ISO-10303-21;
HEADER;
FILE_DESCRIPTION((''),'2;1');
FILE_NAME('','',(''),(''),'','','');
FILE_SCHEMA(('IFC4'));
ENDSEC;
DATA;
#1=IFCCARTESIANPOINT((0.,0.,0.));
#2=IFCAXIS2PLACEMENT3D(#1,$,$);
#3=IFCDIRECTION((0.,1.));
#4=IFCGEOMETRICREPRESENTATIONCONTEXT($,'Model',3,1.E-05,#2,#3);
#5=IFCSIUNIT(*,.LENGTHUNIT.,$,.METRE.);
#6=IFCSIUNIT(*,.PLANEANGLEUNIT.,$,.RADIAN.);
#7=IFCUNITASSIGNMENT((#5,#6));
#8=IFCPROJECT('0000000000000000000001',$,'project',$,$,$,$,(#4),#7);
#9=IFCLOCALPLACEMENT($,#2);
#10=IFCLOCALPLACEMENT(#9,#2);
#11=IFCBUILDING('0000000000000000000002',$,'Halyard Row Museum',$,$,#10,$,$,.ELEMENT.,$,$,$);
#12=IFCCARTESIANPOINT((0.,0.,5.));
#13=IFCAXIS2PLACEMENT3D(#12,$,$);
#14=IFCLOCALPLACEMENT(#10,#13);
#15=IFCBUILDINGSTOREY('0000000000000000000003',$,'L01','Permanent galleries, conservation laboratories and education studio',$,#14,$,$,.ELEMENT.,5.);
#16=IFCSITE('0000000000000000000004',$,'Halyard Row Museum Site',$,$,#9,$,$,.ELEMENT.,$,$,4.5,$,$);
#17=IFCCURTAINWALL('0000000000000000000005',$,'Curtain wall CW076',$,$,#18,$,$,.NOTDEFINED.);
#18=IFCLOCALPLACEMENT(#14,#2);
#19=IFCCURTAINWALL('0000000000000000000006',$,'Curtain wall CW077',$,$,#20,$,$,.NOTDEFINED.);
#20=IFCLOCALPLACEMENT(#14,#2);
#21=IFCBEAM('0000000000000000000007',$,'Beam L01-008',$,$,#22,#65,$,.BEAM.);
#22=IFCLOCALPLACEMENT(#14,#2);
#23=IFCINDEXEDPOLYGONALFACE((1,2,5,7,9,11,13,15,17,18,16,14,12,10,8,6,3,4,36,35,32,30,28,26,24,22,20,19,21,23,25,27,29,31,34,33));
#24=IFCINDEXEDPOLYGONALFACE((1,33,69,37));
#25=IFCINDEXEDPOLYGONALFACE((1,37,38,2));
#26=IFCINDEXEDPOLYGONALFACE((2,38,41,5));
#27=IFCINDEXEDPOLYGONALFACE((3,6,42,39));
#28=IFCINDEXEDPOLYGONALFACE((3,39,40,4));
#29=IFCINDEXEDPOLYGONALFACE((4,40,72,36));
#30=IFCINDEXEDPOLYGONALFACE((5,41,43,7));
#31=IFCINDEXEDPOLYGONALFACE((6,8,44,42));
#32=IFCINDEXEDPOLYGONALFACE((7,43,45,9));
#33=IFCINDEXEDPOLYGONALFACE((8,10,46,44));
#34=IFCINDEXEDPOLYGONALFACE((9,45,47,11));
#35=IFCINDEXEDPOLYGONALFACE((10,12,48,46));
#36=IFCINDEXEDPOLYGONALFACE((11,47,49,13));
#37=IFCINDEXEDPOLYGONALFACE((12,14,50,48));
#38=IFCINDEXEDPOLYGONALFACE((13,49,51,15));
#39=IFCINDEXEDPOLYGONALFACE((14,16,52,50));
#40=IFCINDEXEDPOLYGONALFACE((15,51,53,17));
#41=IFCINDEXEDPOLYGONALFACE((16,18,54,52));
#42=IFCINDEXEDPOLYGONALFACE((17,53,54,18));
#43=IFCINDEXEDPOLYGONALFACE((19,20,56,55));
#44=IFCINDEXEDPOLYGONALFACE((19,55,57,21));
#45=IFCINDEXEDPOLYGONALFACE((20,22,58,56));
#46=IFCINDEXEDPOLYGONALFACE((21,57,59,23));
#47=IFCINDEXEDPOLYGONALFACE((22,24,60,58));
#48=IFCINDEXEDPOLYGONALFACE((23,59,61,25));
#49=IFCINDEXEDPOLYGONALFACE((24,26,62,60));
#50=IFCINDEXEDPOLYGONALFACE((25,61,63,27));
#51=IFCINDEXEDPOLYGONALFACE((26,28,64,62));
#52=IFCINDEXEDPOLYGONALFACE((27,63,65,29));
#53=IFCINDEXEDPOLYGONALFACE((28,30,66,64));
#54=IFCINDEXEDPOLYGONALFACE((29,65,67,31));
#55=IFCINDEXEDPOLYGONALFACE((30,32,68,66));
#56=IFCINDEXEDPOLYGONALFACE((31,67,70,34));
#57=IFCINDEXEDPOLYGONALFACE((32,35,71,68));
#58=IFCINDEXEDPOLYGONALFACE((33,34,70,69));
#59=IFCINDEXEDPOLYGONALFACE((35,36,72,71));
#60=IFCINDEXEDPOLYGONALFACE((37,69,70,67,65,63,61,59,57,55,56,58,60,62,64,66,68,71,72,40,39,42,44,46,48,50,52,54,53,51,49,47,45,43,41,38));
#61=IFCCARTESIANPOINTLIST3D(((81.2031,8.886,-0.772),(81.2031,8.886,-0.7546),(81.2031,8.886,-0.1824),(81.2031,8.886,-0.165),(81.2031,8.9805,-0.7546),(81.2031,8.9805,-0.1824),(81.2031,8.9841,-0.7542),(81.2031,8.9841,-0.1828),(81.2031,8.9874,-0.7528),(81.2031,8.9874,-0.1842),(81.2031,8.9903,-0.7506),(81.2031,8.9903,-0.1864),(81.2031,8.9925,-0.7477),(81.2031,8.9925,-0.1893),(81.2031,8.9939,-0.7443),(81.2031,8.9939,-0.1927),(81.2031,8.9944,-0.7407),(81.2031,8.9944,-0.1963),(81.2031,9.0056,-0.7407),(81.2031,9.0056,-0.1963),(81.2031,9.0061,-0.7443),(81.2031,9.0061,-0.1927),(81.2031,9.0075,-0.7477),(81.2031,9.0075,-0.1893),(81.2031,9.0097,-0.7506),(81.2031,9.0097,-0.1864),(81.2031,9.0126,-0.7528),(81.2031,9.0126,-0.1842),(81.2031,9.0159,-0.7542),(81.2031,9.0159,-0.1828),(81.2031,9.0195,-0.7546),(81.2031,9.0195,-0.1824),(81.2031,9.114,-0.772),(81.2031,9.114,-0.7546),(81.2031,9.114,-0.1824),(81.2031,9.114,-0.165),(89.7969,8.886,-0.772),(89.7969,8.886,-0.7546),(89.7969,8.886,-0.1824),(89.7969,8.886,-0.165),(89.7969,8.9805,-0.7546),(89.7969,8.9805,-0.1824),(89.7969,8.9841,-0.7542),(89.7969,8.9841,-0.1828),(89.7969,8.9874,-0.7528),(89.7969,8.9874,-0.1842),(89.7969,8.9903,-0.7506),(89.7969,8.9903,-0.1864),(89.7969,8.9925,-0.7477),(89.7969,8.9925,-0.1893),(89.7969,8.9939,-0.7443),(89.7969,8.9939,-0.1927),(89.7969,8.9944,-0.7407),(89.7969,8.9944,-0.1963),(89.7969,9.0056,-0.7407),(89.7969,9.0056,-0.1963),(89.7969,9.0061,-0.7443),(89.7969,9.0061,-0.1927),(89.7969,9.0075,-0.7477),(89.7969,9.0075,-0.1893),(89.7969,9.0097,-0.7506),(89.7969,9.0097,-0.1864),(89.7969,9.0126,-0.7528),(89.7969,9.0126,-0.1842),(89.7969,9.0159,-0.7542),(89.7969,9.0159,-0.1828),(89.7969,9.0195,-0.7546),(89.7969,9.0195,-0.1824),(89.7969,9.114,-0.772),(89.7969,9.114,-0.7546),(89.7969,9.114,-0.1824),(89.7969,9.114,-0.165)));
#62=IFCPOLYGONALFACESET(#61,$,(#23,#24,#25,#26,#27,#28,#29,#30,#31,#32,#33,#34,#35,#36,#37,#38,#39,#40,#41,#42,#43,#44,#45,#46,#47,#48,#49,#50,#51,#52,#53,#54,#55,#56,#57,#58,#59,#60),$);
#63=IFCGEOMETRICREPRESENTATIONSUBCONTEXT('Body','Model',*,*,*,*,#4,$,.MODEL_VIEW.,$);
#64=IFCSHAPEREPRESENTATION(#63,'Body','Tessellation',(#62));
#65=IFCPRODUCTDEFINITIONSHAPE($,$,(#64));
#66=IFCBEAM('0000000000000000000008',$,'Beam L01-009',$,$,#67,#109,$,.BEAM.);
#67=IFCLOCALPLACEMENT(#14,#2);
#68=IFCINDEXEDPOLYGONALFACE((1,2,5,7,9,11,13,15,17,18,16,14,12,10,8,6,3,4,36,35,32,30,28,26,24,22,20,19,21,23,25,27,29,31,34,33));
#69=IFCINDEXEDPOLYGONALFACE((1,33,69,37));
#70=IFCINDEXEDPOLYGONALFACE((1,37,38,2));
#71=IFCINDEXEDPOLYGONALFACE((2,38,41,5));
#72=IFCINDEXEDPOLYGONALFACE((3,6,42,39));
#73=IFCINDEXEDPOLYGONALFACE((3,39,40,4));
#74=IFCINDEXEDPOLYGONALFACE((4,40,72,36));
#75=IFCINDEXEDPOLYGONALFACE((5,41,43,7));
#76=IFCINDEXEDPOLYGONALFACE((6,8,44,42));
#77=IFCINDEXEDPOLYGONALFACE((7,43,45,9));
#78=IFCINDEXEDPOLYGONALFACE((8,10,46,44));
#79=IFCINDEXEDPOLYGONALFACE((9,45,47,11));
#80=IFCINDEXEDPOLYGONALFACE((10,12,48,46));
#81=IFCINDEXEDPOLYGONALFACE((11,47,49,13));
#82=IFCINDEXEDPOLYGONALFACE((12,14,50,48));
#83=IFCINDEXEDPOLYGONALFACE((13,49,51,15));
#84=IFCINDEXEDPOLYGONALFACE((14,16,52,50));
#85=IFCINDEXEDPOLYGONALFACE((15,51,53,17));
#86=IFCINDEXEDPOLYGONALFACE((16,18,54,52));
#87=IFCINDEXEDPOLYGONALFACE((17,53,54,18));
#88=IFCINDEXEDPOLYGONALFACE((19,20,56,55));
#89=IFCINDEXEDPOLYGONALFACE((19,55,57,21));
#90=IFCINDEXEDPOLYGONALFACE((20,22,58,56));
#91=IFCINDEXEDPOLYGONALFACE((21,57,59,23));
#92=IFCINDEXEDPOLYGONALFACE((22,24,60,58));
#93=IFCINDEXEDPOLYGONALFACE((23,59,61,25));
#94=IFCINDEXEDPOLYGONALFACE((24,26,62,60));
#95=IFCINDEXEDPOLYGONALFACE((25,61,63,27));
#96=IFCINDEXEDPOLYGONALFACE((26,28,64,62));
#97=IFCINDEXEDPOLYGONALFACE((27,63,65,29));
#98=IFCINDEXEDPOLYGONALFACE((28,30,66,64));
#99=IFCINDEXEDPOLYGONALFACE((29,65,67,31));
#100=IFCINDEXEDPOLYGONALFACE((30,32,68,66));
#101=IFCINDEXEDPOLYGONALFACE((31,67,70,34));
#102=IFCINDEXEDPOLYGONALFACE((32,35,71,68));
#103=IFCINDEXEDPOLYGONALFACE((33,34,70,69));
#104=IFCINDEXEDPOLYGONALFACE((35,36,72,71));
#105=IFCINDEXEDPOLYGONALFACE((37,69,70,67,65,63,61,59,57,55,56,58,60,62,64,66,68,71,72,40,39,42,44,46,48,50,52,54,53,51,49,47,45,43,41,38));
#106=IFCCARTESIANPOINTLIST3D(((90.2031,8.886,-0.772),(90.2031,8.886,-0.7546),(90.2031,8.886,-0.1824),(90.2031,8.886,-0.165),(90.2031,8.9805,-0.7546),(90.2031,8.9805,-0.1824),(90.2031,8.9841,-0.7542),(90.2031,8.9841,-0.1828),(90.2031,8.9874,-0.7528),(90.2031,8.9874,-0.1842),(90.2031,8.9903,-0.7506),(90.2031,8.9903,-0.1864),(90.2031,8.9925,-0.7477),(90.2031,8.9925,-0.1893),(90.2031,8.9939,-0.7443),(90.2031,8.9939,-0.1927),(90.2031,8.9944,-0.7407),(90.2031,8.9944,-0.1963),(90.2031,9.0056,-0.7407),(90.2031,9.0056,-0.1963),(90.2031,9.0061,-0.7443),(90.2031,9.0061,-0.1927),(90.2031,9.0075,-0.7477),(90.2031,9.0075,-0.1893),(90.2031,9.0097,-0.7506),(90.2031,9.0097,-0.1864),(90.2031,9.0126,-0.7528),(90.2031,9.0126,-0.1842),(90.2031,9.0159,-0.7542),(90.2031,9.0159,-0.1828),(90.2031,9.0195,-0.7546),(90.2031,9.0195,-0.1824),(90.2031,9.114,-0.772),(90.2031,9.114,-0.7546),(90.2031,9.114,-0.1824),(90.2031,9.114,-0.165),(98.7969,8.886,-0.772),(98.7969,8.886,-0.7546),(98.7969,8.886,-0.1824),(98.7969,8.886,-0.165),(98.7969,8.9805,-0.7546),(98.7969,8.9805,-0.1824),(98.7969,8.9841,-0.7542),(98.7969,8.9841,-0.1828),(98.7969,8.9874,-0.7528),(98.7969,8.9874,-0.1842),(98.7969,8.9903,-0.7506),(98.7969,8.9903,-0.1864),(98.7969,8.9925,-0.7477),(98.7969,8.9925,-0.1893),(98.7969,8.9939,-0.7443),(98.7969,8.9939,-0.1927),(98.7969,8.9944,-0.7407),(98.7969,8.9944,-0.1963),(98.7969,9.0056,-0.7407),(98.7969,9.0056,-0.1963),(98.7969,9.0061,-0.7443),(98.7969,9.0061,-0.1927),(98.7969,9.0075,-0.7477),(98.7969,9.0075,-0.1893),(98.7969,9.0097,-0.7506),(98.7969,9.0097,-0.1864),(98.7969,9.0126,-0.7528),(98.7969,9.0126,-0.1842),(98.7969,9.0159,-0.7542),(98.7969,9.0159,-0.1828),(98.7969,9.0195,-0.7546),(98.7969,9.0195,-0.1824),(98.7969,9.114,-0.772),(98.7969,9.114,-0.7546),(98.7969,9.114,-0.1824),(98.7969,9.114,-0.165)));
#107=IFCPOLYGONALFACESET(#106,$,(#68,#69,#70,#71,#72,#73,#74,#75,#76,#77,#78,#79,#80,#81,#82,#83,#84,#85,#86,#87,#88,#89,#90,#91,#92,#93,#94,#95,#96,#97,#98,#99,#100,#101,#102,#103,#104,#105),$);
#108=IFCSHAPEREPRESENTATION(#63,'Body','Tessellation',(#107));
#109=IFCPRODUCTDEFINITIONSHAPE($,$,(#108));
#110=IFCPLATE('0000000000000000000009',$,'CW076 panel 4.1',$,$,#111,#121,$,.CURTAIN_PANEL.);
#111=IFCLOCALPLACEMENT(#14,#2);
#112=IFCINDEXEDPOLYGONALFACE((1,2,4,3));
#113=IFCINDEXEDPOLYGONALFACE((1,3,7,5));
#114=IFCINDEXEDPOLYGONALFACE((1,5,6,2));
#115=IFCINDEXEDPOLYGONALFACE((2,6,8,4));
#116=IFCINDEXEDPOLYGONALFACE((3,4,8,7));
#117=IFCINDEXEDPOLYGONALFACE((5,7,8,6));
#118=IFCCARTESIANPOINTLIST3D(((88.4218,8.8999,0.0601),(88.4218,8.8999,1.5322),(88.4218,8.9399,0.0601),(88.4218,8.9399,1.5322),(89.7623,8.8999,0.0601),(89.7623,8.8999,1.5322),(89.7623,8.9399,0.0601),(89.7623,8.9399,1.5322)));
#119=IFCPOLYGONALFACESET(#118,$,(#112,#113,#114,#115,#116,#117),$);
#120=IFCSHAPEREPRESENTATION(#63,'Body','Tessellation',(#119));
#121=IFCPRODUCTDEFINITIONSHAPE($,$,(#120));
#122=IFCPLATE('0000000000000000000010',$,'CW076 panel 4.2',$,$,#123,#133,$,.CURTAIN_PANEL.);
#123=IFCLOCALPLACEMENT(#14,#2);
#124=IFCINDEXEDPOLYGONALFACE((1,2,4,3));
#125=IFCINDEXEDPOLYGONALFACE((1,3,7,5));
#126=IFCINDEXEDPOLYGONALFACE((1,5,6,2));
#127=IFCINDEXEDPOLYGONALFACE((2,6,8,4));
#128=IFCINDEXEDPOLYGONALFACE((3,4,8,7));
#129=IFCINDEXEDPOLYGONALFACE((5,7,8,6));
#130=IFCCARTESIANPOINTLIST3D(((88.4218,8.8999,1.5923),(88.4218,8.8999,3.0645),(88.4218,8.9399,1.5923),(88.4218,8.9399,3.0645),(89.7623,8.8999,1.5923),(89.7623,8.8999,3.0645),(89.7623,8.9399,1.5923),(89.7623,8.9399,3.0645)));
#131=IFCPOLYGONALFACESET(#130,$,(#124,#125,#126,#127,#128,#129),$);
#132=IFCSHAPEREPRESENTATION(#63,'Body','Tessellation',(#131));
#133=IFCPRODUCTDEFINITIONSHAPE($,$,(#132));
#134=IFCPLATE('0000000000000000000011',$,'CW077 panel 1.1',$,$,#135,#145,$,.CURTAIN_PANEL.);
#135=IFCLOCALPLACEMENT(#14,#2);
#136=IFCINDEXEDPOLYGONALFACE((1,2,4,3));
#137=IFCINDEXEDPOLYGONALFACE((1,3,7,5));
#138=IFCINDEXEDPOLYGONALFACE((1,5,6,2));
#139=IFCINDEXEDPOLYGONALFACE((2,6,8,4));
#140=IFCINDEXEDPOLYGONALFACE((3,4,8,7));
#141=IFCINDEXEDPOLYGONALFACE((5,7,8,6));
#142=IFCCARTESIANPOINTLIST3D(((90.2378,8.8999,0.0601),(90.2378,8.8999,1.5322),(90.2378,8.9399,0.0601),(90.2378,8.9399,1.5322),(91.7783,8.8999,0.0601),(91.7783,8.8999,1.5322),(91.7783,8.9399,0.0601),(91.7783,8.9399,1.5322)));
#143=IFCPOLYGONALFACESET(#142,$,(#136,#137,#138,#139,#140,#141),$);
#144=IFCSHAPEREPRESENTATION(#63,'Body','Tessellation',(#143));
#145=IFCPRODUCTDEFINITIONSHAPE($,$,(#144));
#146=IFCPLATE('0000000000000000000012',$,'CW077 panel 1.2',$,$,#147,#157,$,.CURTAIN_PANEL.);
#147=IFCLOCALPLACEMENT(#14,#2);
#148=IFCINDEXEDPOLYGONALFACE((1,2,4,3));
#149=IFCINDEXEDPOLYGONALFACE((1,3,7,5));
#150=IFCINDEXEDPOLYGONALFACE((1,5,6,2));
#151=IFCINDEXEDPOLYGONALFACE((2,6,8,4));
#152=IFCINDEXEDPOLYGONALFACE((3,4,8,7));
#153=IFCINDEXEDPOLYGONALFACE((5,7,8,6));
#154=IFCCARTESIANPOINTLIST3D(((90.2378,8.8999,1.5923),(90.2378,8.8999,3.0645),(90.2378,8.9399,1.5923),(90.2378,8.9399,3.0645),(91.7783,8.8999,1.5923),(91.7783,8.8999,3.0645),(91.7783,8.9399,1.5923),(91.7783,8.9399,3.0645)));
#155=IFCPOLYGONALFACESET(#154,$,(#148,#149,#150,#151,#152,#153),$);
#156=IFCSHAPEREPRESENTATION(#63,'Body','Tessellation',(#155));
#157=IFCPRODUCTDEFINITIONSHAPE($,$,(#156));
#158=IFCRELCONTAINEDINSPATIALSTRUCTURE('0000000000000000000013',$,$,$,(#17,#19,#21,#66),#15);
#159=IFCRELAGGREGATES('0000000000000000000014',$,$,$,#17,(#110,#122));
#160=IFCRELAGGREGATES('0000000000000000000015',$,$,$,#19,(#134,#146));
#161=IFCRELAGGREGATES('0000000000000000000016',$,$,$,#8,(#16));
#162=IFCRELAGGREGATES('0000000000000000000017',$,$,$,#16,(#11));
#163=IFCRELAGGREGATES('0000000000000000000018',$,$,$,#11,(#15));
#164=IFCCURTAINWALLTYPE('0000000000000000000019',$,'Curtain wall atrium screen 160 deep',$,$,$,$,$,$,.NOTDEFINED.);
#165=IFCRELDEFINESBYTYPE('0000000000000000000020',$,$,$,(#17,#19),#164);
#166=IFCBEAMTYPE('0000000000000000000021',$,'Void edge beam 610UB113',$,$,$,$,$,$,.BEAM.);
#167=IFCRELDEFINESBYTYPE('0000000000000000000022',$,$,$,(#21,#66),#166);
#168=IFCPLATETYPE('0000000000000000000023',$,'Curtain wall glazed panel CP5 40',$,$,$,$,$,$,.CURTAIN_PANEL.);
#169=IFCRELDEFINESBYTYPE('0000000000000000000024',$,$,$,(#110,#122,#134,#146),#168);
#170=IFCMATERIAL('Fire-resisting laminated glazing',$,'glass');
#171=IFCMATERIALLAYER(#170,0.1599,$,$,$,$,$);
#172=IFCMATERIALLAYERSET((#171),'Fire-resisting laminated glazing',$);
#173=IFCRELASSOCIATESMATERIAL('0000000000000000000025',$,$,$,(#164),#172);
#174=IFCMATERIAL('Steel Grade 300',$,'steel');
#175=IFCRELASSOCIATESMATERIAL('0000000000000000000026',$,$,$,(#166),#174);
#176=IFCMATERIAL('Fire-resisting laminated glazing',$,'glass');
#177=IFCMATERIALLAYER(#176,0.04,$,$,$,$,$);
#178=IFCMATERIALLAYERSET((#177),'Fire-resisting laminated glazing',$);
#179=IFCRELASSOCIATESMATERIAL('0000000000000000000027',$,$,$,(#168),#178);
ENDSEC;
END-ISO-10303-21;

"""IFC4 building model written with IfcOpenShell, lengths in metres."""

from ifc_helpers import new_model, si_unit, direction, frame, origin, origin_2d, place, context, subcontext, project, spatial, rectangle, i_section, extrude, material, layer, layer_set, material_profile, profile_set, type_object, element, aggregate, save


model = new_model("IFC4")

# Units and contexts
model_context = context("Model", 3, precision=1e-05, world=origin(), true_north=direction((0.0, 1.0)))
body_context = subcontext(model_context, "Body", "Model", "MODEL_VIEW")
ifc_project = project(units=[si_unit("LENGTHUNIT", "METRE"), si_unit("PLANEANGLEUNIT", "RADIAN")], contexts=[model_context])

# Site, building, storey
site_placement = place(None, origin())
site = spatial("IfcSite", under=ifc_project, at=site_placement, Name="Halyard Row Museum Site", CompositionType="ELEMENT", RefElevation=4.5)
building_placement = place(site_placement, origin())
building = spatial("IfcBuilding", under=site, at=building_placement, Name="Halyard Row Museum", CompositionType="ELEMENT")
storey_placement = place(building_placement, frame((0.0, 0.0, 5.0)))
storey = spatial("IfcBuildingStorey", under=building, at=storey_placement, Name="L01", Description="Permanent galleries, conservation laboratories and education studio", CompositionType="ELEMENT", Elevation=5.0)

# Curtain wall
ifc_material_1 = material(Name="Fire-resisting laminated glazing", Category="glass")
ifc_layer_1 = layer(ifc_material_1, 0.1599)
ifc_layer_set_1 = layer_set([ifc_layer_1], Name="Fire-resisting laminated glazing")
curtain_wall_type = type_object("IfcCurtainWallType", Name="Curtain wall atrium screen 160 deep", PredefinedType="NOTDEFINED", material=ifc_layer_set_1)
curtain_wall_1_placement = place(storey_placement, origin())
curtain_wall_1 = element("IfcCurtainWall", 1, at=curtain_wall_1_placement, inside=storey, type_object=curtain_wall_type, Name="Curtain wall CW076", PredefinedType="NOTDEFINED")

# Curtain wall
curtain_wall_2_placement = place(storey_placement, origin())
curtain_wall_2 = element("IfcCurtainWall", 2, at=curtain_wall_2_placement, inside=storey, type_object=curtain_wall_type, Name="Curtain wall CW077", PredefinedType="NOTDEFINED")

# Beams
ifc_material_2 = material(Name="Steel Grade 300", Category="steel")
ifc_material_profile_1 = material_profile(ifc_material_2, i_section(OverallWidth=0.228, OverallDepth=0.6069, WebThickness=0.0112, FlangeThickness=0.0173, FilletRadius=0.0139, at=origin_2d()), Name="610UB113")
ifc_profile_set_1 = profile_set([ifc_material_profile_1], Name="Steel Grade 300")
beam_type_1 = type_object("IfcBeamType", Name="Void edge beam 610UB113", PredefinedType="BEAM", material=ifc_profile_set_1)
for number, where, z_axis, x_axis, name in (
    (3, (81.2031, 9.0, -0.4685), (1.0, 0.0, 0.0), (0.0, 1.0, 0.0), "Beam L01-008"),
    (4, (90.2031, 9.0, -0.4685), (1.0, 0.0, 0.0), (0.0, 1.0, 0.0), "Beam L01-009"),
):
    element("IfcBeam", number, at=place(storey_placement, frame(where, z_axis=z_axis, x_axis=x_axis)), inside=storey, type_object=beam_type_1, Name=name, PredefinedType="BEAM", context=body_context, shape_type="SweptSolid", body=[
        extrude(i_section(OverallWidth=0.228, OverallDepth=0.6069, WebThickness=0.0112, FlangeThickness=0.0173, FilletRadius=0.0139, at=origin_2d()), origin(), (0.0, 0.0, 1.0), 8.5938),
    ])

# Plates
ifc_material_3 = material(Name="Fire-resisting laminated glazing", Category="glass")
ifc_layer_2 = layer(ifc_material_3, 0.04)
ifc_layer_set_2 = layer_set([ifc_layer_2], Name="Fire-resisting laminated glazing")
plate_type = type_object("IfcPlateType", Name="Curtain wall glazed panel CP5 40", PredefinedType="CURTAIN_PANEL", material=ifc_layer_set_2)
plate_1_placement = place(storey_placement, frame((89.092, 8.9199, 0.0601), z_axis=(0.0, 0.0, 1.0), x_axis=(1.0, 0.0, 0.0)))
plate_1 = element("IfcPlate", 5, at=plate_1_placement, type_object=plate_type, Name="CW076 panel 4.1", PredefinedType="CURTAIN_PANEL", context=body_context, shape_type="SweptSolid", body=[
    extrude(rectangle(XDim=1.3406, YDim=0.04, at=origin_2d()), origin(), (0.0, 0.0, 1.0), 1.4722),
])
plate_2_placement = place(storey_placement, frame((89.092, 8.9199, 1.5923), z_axis=(0.0, 0.0, 1.0), x_axis=(1.0, 0.0, 0.0)))
plate_2 = element("IfcPlate", 6, at=plate_2_placement, type_object=plate_type, Name="CW076 panel 4.2", PredefinedType="CURTAIN_PANEL", context=body_context, shape_type="SweptSolid", body=[
    extrude(rectangle(XDim=1.3406, YDim=0.04, at=origin_2d()), origin(), (0.0, 0.0, 1.0), 1.4722),
])
aggregate(curtain_wall_1, [plate_1, plate_2])
plate_3_placement = place(storey_placement, frame((91.0081, 8.9199, 0.0601), z_axis=(0.0, 0.0, 1.0), x_axis=(1.0, 0.0, 0.0)))
plate_3 = element("IfcPlate", 7, at=plate_3_placement, type_object=plate_type, Name="CW077 panel 1.1", PredefinedType="CURTAIN_PANEL", context=body_context, shape_type="SweptSolid", body=[
    extrude(rectangle(XDim=1.5405, YDim=0.04, at=origin_2d()), origin(), (0.0, 0.0, 1.0), 1.4722),
])
plate_4_placement = place(storey_placement, frame((91.0081, 8.9199, 1.5923), z_axis=(0.0, 0.0, 1.0), x_axis=(1.0, 0.0, 0.0)))
plate_4 = element("IfcPlate", 8, at=plate_4_placement, type_object=plate_type, Name="CW077 panel 1.2", PredefinedType="CURTAIN_PANEL", context=body_context, shape_type="SweptSolid", body=[
    extrude(rectangle(XDim=1.5405, YDim=0.04, at=origin_2d()), origin(), (0.0, 0.0, 1.0), 1.4722),
])
aggregate(curtain_wall_2, [plate_3, plate_4])

save(model, "model.ifc")
